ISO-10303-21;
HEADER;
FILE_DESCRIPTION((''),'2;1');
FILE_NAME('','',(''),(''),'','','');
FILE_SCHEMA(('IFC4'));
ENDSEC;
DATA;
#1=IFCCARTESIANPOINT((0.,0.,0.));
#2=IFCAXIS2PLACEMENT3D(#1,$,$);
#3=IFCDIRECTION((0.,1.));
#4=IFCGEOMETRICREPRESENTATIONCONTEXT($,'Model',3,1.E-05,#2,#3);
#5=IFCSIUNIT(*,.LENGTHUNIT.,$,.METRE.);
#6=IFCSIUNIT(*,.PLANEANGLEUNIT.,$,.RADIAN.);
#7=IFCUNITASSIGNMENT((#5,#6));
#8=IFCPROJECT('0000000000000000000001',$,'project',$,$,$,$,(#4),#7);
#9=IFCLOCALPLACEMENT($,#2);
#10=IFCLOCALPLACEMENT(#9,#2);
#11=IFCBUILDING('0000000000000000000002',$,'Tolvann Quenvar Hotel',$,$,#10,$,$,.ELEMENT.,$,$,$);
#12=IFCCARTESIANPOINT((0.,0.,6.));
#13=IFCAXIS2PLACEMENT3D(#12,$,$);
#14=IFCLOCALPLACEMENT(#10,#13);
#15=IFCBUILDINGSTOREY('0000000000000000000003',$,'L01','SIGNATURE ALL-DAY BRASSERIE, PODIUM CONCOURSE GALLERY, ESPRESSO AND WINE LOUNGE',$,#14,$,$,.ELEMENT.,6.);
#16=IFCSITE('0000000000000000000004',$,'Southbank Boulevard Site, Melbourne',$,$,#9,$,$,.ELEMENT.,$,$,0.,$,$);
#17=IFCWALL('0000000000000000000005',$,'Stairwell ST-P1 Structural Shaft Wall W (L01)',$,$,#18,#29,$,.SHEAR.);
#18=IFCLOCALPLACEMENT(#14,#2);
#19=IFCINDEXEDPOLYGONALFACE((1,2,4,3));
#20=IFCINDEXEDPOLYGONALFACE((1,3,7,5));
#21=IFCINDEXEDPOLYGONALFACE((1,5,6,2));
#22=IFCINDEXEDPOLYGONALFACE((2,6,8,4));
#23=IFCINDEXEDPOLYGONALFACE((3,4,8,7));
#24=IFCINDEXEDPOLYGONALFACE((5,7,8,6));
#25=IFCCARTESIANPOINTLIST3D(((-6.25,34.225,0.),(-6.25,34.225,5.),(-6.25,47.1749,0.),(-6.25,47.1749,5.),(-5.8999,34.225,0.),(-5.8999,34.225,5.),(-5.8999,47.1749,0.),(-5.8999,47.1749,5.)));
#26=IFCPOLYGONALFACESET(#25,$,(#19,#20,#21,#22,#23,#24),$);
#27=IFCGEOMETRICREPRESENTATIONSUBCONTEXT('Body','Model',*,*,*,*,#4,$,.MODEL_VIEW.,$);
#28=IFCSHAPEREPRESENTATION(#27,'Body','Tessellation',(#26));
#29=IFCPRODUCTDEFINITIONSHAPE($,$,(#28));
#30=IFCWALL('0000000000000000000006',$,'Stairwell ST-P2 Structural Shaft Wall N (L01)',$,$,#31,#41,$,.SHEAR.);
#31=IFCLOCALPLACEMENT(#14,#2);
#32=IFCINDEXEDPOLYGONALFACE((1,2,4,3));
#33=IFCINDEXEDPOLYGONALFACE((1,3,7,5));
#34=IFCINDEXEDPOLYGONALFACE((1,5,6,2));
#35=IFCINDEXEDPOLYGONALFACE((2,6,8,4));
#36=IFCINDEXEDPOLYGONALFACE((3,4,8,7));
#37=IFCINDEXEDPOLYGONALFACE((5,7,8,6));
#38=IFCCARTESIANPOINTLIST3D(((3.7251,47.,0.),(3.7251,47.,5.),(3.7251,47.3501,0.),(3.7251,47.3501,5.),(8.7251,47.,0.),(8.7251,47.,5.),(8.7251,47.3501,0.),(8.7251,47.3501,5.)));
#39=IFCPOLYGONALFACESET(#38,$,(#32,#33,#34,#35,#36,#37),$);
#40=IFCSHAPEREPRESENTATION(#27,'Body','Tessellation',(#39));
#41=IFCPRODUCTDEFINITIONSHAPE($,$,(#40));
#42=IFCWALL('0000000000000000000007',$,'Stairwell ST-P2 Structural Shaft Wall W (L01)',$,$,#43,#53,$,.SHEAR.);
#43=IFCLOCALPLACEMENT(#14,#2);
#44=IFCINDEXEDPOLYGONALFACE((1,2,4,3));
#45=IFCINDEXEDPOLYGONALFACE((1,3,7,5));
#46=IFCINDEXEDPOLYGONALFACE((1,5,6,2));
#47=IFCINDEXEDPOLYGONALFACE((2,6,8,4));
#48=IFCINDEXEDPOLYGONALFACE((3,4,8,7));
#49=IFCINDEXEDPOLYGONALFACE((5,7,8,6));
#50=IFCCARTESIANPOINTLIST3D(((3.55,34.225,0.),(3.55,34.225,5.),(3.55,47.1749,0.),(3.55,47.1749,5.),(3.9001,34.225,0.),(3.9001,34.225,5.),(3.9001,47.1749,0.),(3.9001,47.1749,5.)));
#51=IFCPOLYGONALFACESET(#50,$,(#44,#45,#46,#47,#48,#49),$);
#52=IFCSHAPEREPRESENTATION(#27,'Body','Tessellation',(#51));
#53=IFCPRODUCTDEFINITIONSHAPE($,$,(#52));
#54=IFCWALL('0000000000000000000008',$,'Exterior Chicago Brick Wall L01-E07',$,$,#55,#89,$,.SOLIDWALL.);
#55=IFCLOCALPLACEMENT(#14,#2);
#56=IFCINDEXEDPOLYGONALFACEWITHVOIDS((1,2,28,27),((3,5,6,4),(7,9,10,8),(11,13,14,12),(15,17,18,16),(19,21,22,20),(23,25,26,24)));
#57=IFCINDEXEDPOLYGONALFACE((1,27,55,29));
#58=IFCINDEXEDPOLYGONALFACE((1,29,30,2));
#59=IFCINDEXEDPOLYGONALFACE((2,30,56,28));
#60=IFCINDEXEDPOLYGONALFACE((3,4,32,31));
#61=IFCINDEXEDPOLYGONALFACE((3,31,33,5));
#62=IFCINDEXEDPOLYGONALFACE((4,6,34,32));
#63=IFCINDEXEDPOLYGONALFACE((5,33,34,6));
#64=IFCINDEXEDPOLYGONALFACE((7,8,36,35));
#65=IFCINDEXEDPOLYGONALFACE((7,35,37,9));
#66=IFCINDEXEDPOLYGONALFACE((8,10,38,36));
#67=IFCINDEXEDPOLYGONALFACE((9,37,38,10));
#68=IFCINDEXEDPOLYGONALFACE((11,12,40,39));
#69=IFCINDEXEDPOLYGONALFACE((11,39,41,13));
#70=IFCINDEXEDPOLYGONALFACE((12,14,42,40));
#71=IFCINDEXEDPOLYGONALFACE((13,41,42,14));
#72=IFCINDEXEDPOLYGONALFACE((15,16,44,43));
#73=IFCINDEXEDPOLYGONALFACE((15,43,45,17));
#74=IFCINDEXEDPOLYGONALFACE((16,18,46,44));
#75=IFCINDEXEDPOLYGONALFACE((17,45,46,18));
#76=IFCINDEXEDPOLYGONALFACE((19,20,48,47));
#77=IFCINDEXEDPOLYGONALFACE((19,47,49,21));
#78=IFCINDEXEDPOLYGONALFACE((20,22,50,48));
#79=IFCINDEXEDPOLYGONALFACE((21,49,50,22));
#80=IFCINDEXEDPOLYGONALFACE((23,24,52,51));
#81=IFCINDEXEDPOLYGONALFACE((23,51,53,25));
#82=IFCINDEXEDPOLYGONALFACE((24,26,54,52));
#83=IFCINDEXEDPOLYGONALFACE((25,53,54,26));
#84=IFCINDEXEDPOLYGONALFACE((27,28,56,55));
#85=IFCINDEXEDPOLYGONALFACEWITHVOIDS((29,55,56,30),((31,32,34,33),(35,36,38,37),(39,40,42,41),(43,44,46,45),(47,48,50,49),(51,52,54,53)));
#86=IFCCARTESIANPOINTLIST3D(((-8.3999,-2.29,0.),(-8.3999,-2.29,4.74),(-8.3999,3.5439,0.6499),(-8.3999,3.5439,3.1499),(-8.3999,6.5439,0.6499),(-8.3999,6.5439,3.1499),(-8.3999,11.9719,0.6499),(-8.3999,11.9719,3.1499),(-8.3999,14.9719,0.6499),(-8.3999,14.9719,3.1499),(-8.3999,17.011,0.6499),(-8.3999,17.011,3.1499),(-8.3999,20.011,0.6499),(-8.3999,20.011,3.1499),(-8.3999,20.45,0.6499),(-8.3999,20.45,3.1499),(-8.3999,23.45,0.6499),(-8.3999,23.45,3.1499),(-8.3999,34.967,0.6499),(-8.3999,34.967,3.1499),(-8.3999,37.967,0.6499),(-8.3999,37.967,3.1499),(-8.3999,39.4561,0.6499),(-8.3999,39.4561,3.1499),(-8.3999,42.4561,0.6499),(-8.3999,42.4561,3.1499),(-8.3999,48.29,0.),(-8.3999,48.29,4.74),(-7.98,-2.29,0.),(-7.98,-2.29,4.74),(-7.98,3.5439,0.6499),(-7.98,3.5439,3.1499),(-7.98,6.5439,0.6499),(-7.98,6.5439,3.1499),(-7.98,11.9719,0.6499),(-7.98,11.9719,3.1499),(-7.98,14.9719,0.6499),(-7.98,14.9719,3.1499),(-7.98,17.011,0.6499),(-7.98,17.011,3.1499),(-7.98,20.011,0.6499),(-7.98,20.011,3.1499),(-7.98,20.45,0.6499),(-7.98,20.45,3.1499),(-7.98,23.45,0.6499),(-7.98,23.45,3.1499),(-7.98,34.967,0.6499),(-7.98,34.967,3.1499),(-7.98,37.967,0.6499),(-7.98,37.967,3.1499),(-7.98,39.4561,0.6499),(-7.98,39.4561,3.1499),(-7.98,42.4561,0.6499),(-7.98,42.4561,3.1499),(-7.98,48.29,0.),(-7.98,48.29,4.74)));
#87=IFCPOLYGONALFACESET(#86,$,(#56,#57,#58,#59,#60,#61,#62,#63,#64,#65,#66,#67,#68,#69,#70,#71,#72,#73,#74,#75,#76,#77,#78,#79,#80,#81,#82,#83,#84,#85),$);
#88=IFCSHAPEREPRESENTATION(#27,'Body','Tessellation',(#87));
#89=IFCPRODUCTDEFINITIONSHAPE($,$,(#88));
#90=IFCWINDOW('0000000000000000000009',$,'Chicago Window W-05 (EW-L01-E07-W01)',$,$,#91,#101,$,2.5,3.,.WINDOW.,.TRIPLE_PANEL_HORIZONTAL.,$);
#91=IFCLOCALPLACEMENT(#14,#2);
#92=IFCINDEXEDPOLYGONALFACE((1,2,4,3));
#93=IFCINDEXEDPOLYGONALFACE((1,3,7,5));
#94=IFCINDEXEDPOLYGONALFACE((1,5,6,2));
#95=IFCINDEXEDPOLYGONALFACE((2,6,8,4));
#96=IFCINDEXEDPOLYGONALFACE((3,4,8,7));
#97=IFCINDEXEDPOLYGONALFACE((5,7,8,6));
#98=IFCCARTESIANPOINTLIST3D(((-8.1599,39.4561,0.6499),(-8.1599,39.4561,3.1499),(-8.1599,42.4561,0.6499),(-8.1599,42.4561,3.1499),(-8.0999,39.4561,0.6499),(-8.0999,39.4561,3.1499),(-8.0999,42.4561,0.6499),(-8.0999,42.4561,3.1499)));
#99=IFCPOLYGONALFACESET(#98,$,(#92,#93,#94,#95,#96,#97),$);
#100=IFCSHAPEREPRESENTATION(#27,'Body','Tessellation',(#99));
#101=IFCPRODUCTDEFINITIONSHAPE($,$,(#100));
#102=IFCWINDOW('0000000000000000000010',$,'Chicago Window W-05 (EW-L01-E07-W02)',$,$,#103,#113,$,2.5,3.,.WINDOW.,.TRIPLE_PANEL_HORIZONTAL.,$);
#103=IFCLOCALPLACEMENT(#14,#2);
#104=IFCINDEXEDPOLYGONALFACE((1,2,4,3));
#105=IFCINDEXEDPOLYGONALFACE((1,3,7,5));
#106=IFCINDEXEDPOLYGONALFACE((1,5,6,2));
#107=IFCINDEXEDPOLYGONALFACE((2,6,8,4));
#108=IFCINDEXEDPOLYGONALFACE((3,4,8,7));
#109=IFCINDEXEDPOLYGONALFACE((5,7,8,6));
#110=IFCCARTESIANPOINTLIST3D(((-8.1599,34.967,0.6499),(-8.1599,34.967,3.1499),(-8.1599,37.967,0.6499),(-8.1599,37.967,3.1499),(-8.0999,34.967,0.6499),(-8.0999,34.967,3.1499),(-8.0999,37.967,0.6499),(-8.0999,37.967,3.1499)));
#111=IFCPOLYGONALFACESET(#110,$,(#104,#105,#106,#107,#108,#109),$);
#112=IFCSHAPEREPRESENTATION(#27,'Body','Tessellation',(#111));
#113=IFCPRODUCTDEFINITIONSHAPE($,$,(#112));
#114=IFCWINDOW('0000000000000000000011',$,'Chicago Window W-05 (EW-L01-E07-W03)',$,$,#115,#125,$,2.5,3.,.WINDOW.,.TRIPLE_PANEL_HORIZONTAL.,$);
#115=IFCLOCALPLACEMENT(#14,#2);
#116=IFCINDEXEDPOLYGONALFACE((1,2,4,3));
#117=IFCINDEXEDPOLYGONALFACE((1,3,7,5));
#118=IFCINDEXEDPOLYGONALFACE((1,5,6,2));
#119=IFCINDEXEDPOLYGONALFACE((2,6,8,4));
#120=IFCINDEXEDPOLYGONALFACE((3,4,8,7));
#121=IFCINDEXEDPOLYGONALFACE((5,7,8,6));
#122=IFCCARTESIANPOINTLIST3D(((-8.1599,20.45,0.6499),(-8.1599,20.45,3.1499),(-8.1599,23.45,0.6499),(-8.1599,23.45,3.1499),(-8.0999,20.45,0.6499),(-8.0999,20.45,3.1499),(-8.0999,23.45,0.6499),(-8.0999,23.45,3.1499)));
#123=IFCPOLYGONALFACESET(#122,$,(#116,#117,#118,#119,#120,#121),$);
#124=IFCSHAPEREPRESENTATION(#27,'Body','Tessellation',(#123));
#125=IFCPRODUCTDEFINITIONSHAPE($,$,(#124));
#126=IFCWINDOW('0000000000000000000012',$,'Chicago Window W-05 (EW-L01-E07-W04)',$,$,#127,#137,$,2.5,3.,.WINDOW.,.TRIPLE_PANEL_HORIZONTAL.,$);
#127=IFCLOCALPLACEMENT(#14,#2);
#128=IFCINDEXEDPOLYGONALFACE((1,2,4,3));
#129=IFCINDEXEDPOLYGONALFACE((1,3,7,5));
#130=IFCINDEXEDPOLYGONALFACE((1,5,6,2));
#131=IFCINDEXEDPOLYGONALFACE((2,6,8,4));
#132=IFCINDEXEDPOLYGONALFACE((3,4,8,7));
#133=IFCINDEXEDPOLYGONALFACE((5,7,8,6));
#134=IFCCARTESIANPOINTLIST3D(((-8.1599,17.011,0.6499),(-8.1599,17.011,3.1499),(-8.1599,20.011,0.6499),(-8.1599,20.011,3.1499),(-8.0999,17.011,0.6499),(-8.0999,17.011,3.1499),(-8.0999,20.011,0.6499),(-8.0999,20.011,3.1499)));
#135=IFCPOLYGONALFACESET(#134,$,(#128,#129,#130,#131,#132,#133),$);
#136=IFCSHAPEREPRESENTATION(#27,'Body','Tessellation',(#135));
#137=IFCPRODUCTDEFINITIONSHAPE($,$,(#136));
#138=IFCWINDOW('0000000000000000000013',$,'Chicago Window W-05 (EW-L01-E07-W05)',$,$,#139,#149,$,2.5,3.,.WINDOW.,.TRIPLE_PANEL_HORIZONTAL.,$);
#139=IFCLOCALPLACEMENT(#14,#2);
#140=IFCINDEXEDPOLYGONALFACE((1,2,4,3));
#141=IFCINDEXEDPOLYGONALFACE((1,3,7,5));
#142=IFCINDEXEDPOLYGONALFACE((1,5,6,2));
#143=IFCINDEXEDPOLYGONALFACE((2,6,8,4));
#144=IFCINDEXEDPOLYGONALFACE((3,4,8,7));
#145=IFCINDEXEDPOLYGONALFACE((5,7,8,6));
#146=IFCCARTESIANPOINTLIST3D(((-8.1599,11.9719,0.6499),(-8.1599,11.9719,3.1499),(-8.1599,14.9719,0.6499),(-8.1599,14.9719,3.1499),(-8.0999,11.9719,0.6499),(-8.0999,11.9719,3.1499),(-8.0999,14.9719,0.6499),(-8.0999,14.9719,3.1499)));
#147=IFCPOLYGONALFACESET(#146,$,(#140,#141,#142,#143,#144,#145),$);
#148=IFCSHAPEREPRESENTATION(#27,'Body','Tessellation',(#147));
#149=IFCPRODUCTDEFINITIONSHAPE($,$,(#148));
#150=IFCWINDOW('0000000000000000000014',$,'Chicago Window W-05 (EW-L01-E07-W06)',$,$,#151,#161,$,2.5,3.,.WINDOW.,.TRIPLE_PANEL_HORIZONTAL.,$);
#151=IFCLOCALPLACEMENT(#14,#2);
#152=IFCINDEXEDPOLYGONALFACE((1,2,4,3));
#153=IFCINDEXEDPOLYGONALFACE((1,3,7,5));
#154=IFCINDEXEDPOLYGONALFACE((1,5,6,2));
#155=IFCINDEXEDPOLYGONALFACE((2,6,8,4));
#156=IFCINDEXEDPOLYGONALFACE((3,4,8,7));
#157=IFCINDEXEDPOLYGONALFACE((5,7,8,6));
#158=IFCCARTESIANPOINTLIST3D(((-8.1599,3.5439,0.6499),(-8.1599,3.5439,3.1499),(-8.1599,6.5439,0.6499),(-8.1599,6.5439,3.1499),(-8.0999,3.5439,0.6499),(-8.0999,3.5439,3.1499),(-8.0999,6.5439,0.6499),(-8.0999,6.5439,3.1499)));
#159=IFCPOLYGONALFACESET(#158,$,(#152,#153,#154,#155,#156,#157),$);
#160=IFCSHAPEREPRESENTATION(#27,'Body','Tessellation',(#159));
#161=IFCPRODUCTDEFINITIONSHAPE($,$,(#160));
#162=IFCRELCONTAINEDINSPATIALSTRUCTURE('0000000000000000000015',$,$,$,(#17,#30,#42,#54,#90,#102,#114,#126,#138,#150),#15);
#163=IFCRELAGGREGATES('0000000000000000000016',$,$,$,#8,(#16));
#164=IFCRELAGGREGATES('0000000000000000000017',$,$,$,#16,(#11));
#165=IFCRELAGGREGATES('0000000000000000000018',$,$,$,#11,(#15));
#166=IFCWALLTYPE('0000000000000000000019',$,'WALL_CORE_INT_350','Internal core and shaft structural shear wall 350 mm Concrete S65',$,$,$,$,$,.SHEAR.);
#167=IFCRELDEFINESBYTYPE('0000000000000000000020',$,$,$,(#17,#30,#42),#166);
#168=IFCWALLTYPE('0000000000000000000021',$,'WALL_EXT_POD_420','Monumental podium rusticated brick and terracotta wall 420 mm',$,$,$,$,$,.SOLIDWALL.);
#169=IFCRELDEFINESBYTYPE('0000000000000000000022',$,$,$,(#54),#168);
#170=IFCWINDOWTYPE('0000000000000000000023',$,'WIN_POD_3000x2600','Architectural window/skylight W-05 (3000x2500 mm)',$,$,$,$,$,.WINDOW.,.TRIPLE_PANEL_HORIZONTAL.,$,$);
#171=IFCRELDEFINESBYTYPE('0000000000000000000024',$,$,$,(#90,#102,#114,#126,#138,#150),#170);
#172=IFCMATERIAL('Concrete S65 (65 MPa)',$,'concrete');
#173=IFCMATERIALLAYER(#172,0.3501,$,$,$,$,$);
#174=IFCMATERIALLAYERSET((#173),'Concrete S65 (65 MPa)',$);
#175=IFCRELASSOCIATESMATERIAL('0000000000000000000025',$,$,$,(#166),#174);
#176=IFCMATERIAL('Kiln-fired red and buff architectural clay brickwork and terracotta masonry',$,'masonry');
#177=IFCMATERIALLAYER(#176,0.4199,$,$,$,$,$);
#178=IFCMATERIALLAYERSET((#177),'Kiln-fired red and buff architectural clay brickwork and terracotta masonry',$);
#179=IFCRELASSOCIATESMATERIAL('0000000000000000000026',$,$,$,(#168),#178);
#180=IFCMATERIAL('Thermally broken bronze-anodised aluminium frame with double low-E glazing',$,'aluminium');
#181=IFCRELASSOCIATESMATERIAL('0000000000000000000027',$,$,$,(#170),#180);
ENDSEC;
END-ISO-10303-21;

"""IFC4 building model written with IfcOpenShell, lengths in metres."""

from ifc_helpers import new_model, si_unit, direction, frame, frame_2d, origin, place, context, subcontext, project, spatial, rectangle, extrude, source, transform, mapped, material, layer, layer_set, type_object, type_shapes, element, fill, save


model = new_model("IFC4")

# Units and contexts
model_context = context("Model", 3, precision=1e-05, world=origin(), true_north=direction((0.0, 1.0)))
body_context = subcontext(model_context, "Body", "Model", "MODEL_VIEW")
ifc_project = project(units=[si_unit("LENGTHUNIT", "METRE"), si_unit("PLANEANGLEUNIT", "RADIAN")], contexts=[model_context])

# Site, building, storey
site_placement = place(None, origin())
site = spatial("IfcSite", under=ifc_project, at=site_placement, Name="Southbank Boulevard Site, Melbourne", CompositionType="ELEMENT", RefElevation=0.0)
building_placement = place(site_placement, origin())
building = spatial("IfcBuilding", under=site, at=building_placement, Name="Tolvann Quenvar Hotel", CompositionType="ELEMENT")
storey_placement = place(building_placement, frame((0.0, 0.0, 6.0)))
storey = spatial("IfcBuildingStorey", under=building, at=storey_placement, Name="L01", Description="SIGNATURE ALL-DAY BRASSERIE, PODIUM CONCOURSE GALLERY, ESPRESSO AND WINE LOUNGE", CompositionType="ELEMENT", Elevation=6.0)

# Shared definitions
ifc_material_1 = material(Name="Concrete S65 (65 MPa)", Category="concrete")

# Walls
ifc_layer_1 = layer(ifc_material_1, 0.3501)
ifc_layer_set_1 = layer_set([ifc_layer_1], Name="Concrete S65 (65 MPa)")
wall_type_1 = type_object("IfcWallType", Name="WALL_CORE_INT_350", Description="Internal core and shaft structural shear wall 350 mm Concrete S65", PredefinedType="SHEAR", material=ifc_layer_set_1)
wall_1_placement = place(storey_placement, frame((-6.075, 47.175, 0.0), z_axis=(0.0, 0.0, 1.0), x_axis=(0.0, -1.0, 0.0)))
element("IfcWall", 1, at=wall_1_placement, inside=storey, type_object=wall_type_1, Name="Stairwell ST-P1 Structural Shaft Wall W (L01)", PredefinedType="SHEAR", context=body_context, shape_type="SweptSolid", body=[
    extrude(rectangle(XDim=12.95, YDim=0.3501, at=frame_2d((6.4751, 0.0))), origin(), (0.0, 0.0, 1.0), 5.0),
])
wall_2_placement = place(storey_placement, frame((8.7251, 47.175, 0.0), z_axis=(0.0, 0.0, 1.0), x_axis=(-1.0, 0.0, 0.0)))
element("IfcWall", 2, at=wall_2_placement, inside=storey, type_object=wall_type_1, Name="Stairwell ST-P2 Structural Shaft Wall N (L01)", PredefinedType="SHEAR", context=body_context, shape_type="SweptSolid", body=[
    extrude(rectangle(XDim=5.0, YDim=0.3501, at=frame_2d((2.5, 0.0))), origin(), (0.0, 0.0, 1.0), 5.0),
])
wall_3_placement = place(storey_placement, frame((3.7251, 47.175, 0.0), z_axis=(0.0, 0.0, 1.0), x_axis=(0.0, -1.0, 0.0)))
element("IfcWall", 3, at=wall_3_placement, inside=storey, type_object=wall_type_1, Name="Stairwell ST-P2 Structural Shaft Wall W (L01)", PredefinedType="SHEAR", context=body_context, shape_type="SweptSolid", body=[
    extrude(rectangle(XDim=12.95, YDim=0.3501, at=frame_2d((6.4751, 0.0))), origin(), (0.0, 0.0, 1.0), 5.0),
])

# Wall, openings, windows
ifc_material_2 = material(Name="Kiln-fired red and buff architectural clay brickwork and terracotta masonry", Category="masonry")
ifc_layer_2 = layer(ifc_material_2, 0.4199)
ifc_layer_set_2 = layer_set([ifc_layer_2], Name="Kiln-fired red and buff architectural clay brickwork and terracotta masonry")
wall_type_2 = type_object("IfcWallType", Name="WALL_EXT_POD_420", Description="Monumental podium rusticated brick and terracotta wall 420 mm", PredefinedType="SOLIDWALL", material=ifc_layer_set_2)
wall_4_placement = place(storey_placement, frame((-8.1899, 48.29, 0.0), z_axis=(0.0, 0.0, 1.0), x_axis=(0.0, -1.0, 0.0)))
wall_4 = element("IfcWall", 4, at=wall_4_placement, inside=storey, type_object=wall_type_2, Name="Exterior Chicago Brick Wall L01-E07", PredefinedType="SOLIDWALL", context=body_context, shape_type="SweptSolid", body=[
    extrude(rectangle(XDim=50.5801, YDim=0.4199, at=frame_2d((25.29, 0.0))), origin(), (0.0, 0.0, 1.0), 4.74),
])
opening_1_placement = place(wall_4_placement, frame((5.834, 0.0, 0.6499)))
opening_1 = element("IfcOpeningElement", 5, at=opening_1_placement, cuts=wall_4, PredefinedType="OPENING", context=body_context, shape_type="SweptSolid", body=[
    extrude(rectangle(XDim=3.0, YDim=2.5, at=frame_2d((1.5, 1.25))), frame((0.0, 0.22, 0.0), z_axis=(0.0, -1.0, 0.0), x_axis=(1.0, 0.0, 0.0)), (0.0, 0.0, 1.0), 0.4399),
])
opening_2_placement = place(wall_4_placement, frame((10.323, 0.0, 0.6499)))
opening_2 = element("IfcOpeningElement", 6, at=opening_2_placement, cuts=wall_4, PredefinedType="OPENING", context=body_context, shape_type="SweptSolid", body=[
    extrude(rectangle(XDim=3.0, YDim=2.5, at=frame_2d((1.5, 1.25))), frame((0.0, 0.22, 0.0), z_axis=(0.0, -1.0, 0.0), x_axis=(1.0, 0.0, 0.0)), (0.0, 0.0, 1.0), 0.4399),
])
opening_3_placement = place(wall_4_placement, frame((24.8401, 0.0, 0.6499)))
opening_3 = element("IfcOpeningElement", 7, at=opening_3_placement, cuts=wall_4, PredefinedType="OPENING", context=body_context, shape_type="SweptSolid", body=[
    extrude(rectangle(XDim=3.0, YDim=2.5, at=frame_2d((1.5, 1.25))), frame((0.0, 0.22, 0.0), z_axis=(0.0, -1.0, 0.0), x_axis=(1.0, 0.0, 0.0)), (0.0, 0.0, 1.0), 0.4399),
])
opening_4_placement = place(wall_4_placement, frame((28.2791, 0.0, 0.6499)))
opening_4 = element("IfcOpeningElement", 8, at=opening_4_placement, cuts=wall_4, PredefinedType="OPENING", context=body_context, shape_type="SweptSolid", body=[
    extrude(rectangle(XDim=3.0, YDim=2.5, at=frame_2d((1.5, 1.25))), frame((0.0, 0.22, 0.0), z_axis=(0.0, -1.0, 0.0), x_axis=(1.0, 0.0, 0.0)), (0.0, 0.0, 1.0), 0.4399),
])
opening_5_placement = place(wall_4_placement, frame((33.3181, 0.0, 0.6499)))
opening_5 = element("IfcOpeningElement", 9, at=opening_5_placement, cuts=wall_4, PredefinedType="OPENING", context=body_context, shape_type="SweptSolid", body=[
    extrude(rectangle(XDim=3.0, YDim=2.5, at=frame_2d((1.5, 1.25))), frame((0.0, 0.22, 0.0), z_axis=(0.0, -1.0, 0.0), x_axis=(1.0, 0.0, 0.0)), (0.0, 0.0, 1.0), 0.4399),
])
opening_6_placement = place(wall_4_placement, frame((41.7461, 0.0, 0.6499)))
opening_6 = element("IfcOpeningElement", 10, at=opening_6_placement, cuts=wall_4, PredefinedType="OPENING", context=body_context, shape_type="SweptSolid", body=[
    extrude(rectangle(XDim=3.0, YDim=2.5, at=frame_2d((1.5, 1.25))), frame((0.0, 0.22, 0.0), z_axis=(0.0, -1.0, 0.0), x_axis=(1.0, 0.0, 0.0)), (0.0, 0.0, 1.0), 0.4399),
])
ifc_material_3 = material(Name="Thermally broken bronze-anodised aluminium frame with double low-E glazing", Category="aluminium")
window_type = type_object("IfcWindowType", Name="WIN_POD_3000x2600", Description="Architectural window/skylight W-05 (3000x2500 mm)", PartitioningType="TRIPLE_PANEL_HORIZONTAL", PredefinedType="WINDOW", material=ifc_material_3)
shared_shape_1 = source(origin(), body_context, "Body", "SweptSolid", [
    extrude(rectangle(XDim=3.0, YDim=2.5, at=frame_2d((1.5, 1.25))), frame((0.0, 0.0901, 0.0), z_axis=(0.0, -1.0, 0.0), x_axis=(1.0, 0.0, 0.0)), (0.0, 0.0, 1.0), 0.0601),
])
type_shapes(window_type, [shared_shape_1])
window_1_placement = place(opening_1_placement, origin())
window_1 = element("IfcWindow", 11, at=window_1_placement, inside=storey, type_object=window_type, Name="Chicago Window W-05 (EW-L01-E07-W01)", OverallHeight=2.5, OverallWidth=3.0, PartitioningType="TRIPLE_PANEL_HORIZONTAL", PredefinedType="WINDOW", context=body_context, shape_type="MappedRepresentation", body=[
    mapped(shared_shape_1, transform((0.0, 0.0, 0.0), x_axis=(1.0, 0.0, 0.0), y_axis=(0.0, 1.0, 0.0), z_axis=(0.0, 0.0, 1.0), scale=1.0)),
])
fill(opening_1, window_1)
window_2_placement = place(opening_2_placement, origin())
window_2 = element("IfcWindow", 12, at=window_2_placement, inside=storey, type_object=window_type, Name="Chicago Window W-05 (EW-L01-E07-W02)", OverallHeight=2.5, OverallWidth=3.0, PartitioningType="TRIPLE_PANEL_HORIZONTAL", PredefinedType="WINDOW", context=body_context, shape_type="MappedRepresentation", body=[
    mapped(shared_shape_1, transform((0.0, 0.0, 0.0), x_axis=(1.0, 0.0, 0.0), y_axis=(0.0, 1.0, 0.0), z_axis=(0.0, 0.0, 1.0), scale=1.0)),
])
fill(opening_2, window_2)
window_3_placement = place(opening_3_placement, origin())
window_3 = element("IfcWindow", 13, at=window_3_placement, inside=storey, type_object=window_type, Name="Chicago Window W-05 (EW-L01-E07-W03)", OverallHeight=2.5, OverallWidth=3.0, PartitioningType="TRIPLE_PANEL_HORIZONTAL", PredefinedType="WINDOW", context=body_context, shape_type="MappedRepresentation", body=[
    mapped(shared_shape_1, transform((0.0, 0.0, 0.0), x_axis=(1.0, 0.0, 0.0), y_axis=(0.0, 1.0, 0.0), z_axis=(0.0, 0.0, 1.0), scale=1.0)),
])
fill(opening_3, window_3)
window_4_placement = place(opening_4_placement, origin())
window_4 = element("IfcWindow", 14, at=window_4_placement, inside=storey, type_object=window_type, Name="Chicago Window W-05 (EW-L01-E07-W04)", OverallHeight=2.5, OverallWidth=3.0, PartitioningType="TRIPLE_PANEL_HORIZONTAL", PredefinedType="WINDOW", context=body_context, shape_type="MappedRepresentation", body=[
    mapped(shared_shape_1, transform((0.0, 0.0, 0.0), x_axis=(1.0, 0.0, 0.0), y_axis=(0.0, 1.0, 0.0), z_axis=(0.0, 0.0, 1.0), scale=1.0)),
])
fill(opening_4, window_4)
window_5_placement = place(opening_5_placement, origin())
window_5 = element("IfcWindow", 15, at=window_5_placement, inside=storey, type_object=window_type, Name="Chicago Window W-05 (EW-L01-E07-W05)", OverallHeight=2.5, OverallWidth=3.0, PartitioningType="TRIPLE_PANEL_HORIZONTAL", PredefinedType="WINDOW", context=body_context, shape_type="MappedRepresentation", body=[
    mapped(shared_shape_1, transform((0.0, 0.0, 0.0), x_axis=(1.0, 0.0, 0.0), y_axis=(0.0, 1.0, 0.0), z_axis=(0.0, 0.0, 1.0), scale=1.0)),
])
fill(opening_5, window_5)
window_6_placement = place(opening_6_placement, origin())
window_6 = element("IfcWindow", 16, at=window_6_placement, inside=storey, type_object=window_type, Name="Chicago Window W-05 (EW-L01-E07-W06)", OverallHeight=2.5, OverallWidth=3.0, PartitioningType="TRIPLE_PANEL_HORIZONTAL", PredefinedType="WINDOW", context=body_context, shape_type="MappedRepresentation", body=[
    mapped(shared_shape_1, transform((0.0, 0.0, 0.0), x_axis=(1.0, 0.0, 0.0), y_axis=(0.0, 1.0, 0.0), z_axis=(0.0, 0.0, 1.0), scale=1.0)),
])
fill(opening_6, window_6)

save(model, "model.ifc")
